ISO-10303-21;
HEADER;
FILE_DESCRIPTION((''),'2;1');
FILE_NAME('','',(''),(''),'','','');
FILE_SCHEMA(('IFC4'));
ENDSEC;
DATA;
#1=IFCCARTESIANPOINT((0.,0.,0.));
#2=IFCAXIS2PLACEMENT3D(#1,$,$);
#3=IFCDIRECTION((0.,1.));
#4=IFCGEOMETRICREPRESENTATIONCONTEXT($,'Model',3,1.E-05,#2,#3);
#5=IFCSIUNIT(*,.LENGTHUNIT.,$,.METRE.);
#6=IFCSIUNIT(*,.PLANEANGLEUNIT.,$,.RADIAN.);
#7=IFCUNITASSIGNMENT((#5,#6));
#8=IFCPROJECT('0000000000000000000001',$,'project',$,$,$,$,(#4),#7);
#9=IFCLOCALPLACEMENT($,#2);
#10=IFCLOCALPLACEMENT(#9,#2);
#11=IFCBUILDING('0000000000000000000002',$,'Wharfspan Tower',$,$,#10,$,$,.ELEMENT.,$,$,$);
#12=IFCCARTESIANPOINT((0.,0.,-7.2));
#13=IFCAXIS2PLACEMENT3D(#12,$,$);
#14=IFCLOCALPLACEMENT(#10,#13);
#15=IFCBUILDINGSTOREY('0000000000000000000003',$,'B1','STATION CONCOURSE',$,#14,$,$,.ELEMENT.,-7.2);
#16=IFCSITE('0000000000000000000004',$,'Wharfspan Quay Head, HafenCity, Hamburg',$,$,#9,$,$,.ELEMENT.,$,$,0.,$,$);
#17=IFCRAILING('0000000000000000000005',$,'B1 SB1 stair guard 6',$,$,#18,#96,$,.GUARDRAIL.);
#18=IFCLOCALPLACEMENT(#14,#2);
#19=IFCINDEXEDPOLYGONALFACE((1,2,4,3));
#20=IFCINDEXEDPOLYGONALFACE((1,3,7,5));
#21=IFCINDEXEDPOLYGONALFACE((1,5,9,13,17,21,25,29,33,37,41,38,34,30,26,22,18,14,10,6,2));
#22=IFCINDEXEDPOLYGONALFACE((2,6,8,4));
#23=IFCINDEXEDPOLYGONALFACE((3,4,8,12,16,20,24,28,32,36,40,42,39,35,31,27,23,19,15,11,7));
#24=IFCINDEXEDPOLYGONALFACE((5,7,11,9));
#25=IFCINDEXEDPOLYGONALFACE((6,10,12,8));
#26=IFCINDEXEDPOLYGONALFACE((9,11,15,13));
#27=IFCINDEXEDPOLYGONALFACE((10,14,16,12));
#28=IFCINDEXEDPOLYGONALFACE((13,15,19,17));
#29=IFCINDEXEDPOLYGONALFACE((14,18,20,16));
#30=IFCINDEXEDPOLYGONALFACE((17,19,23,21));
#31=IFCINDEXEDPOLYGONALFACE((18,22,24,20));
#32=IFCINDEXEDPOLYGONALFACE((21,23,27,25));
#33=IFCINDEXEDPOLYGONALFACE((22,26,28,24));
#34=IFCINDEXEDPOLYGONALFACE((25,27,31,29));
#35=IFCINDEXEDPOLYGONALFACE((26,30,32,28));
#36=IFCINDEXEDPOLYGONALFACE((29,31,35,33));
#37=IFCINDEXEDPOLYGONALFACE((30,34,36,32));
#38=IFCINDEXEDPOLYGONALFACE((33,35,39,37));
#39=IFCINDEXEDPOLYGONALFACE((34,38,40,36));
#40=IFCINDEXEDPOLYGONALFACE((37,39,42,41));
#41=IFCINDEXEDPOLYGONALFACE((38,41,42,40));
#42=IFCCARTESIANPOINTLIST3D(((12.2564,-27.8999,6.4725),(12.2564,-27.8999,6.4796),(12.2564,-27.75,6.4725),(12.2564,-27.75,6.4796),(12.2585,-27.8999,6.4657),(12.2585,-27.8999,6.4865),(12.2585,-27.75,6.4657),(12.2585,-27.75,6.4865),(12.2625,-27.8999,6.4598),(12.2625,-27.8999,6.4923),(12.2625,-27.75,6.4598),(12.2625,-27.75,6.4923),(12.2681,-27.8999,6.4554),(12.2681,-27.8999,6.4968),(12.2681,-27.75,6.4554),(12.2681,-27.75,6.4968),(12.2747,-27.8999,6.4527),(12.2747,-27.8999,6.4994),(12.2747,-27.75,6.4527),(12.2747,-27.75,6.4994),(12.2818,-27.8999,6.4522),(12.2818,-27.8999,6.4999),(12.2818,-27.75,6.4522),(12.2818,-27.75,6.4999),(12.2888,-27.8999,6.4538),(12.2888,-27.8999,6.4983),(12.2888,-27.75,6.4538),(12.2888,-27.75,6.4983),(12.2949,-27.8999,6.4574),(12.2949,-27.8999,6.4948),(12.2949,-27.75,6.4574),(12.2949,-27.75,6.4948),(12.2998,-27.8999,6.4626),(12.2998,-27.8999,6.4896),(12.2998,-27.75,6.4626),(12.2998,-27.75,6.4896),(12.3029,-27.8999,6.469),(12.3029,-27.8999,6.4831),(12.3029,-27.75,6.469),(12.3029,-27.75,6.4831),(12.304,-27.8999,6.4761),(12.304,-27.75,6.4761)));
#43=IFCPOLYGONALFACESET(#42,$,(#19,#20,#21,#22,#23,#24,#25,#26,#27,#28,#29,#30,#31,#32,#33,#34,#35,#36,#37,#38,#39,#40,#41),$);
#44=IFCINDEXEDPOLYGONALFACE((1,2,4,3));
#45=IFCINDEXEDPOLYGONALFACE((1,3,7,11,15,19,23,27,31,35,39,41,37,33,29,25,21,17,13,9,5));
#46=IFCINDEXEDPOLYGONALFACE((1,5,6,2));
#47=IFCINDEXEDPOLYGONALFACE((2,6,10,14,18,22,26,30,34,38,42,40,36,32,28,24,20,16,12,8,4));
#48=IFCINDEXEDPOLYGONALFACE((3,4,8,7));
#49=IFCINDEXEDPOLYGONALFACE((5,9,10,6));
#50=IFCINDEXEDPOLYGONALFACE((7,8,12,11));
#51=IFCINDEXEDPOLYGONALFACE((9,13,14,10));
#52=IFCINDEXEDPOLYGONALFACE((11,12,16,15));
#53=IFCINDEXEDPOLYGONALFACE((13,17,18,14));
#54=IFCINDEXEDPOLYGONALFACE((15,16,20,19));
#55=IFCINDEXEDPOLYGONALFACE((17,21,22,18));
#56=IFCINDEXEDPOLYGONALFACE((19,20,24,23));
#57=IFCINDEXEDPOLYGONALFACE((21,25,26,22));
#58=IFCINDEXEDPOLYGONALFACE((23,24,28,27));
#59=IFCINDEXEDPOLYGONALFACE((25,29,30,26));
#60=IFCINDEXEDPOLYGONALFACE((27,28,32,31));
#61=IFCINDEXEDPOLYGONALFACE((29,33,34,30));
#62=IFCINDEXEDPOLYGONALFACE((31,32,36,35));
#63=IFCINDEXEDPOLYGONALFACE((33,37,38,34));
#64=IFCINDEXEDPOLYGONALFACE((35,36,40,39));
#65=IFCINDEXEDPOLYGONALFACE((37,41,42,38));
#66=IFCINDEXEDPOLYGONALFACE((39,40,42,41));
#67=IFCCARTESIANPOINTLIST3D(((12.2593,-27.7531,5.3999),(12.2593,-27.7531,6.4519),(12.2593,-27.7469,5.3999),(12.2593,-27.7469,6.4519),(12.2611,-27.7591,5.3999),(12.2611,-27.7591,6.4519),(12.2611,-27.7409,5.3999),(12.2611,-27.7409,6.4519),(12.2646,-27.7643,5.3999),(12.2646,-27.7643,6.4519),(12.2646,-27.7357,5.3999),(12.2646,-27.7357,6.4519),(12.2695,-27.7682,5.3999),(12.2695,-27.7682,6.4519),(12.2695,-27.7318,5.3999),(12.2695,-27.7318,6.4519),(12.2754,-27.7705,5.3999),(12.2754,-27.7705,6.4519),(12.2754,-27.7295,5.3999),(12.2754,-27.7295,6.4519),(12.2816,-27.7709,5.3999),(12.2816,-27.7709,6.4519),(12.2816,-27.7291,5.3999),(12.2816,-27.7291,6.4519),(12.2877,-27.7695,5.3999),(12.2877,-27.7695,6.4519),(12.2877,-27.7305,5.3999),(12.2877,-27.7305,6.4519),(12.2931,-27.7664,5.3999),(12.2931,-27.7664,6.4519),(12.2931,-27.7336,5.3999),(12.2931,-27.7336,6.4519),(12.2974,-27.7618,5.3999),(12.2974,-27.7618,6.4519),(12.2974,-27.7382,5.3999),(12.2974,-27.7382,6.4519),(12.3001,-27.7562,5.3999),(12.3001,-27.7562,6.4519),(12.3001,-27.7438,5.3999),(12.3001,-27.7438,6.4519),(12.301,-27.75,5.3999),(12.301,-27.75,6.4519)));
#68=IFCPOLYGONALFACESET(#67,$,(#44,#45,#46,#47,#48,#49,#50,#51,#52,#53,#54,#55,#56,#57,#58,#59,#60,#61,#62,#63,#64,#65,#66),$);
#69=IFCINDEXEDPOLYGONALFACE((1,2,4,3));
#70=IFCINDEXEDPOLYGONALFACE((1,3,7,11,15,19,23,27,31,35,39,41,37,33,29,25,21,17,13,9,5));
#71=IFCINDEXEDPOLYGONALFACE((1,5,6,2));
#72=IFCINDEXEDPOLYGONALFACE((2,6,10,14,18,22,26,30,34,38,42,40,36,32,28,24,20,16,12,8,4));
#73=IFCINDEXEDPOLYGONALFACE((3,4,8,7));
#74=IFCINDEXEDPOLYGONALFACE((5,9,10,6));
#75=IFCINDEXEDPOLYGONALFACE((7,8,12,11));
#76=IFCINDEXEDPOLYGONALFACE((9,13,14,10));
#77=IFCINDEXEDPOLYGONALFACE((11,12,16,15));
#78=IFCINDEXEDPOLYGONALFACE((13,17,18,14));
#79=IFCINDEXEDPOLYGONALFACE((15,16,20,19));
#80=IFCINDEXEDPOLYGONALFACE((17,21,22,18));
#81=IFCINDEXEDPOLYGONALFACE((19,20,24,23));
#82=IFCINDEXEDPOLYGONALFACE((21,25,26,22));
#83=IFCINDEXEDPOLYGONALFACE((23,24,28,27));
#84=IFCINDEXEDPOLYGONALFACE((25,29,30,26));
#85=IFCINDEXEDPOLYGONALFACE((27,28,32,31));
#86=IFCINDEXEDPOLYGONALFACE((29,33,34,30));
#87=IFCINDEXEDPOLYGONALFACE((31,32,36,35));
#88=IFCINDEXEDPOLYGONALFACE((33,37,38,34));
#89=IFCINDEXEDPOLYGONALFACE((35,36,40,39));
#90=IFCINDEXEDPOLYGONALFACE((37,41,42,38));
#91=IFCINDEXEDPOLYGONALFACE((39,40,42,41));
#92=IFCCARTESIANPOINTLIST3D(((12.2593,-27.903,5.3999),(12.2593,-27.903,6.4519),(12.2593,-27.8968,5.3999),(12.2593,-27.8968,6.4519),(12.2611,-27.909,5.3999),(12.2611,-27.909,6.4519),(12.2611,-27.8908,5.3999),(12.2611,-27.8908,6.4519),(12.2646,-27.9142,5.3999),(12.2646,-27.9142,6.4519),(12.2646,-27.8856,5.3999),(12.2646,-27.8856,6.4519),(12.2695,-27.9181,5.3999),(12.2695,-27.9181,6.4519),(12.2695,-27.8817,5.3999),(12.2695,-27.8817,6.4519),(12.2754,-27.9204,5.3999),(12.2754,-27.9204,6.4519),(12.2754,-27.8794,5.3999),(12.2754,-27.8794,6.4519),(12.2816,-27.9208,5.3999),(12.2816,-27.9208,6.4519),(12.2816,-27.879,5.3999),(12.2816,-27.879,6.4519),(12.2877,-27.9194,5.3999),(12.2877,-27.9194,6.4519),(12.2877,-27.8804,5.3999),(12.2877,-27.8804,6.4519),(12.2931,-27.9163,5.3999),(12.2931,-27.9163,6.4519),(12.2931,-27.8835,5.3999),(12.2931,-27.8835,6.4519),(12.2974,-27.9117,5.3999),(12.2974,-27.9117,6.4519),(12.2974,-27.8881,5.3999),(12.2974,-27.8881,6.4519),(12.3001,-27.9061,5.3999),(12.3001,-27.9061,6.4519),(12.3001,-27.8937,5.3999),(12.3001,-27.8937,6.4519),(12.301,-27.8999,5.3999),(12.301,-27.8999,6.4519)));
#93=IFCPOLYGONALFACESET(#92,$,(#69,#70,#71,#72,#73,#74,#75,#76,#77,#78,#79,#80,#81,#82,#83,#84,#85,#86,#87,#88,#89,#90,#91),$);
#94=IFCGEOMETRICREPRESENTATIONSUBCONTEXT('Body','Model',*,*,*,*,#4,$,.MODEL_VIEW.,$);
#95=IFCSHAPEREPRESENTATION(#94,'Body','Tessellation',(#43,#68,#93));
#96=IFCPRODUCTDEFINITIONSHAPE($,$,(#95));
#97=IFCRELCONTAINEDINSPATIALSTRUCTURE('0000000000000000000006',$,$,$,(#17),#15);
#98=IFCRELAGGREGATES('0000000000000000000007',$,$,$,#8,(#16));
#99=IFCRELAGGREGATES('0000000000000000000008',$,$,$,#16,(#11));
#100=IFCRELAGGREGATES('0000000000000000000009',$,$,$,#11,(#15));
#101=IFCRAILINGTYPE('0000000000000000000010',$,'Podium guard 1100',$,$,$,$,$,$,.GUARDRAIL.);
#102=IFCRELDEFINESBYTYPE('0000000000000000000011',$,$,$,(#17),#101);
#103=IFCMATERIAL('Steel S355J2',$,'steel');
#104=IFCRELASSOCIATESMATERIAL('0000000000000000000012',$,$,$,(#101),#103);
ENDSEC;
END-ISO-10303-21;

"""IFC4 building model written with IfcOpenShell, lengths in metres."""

from ifc_helpers import new_model, si_unit, direction, frame, origin, origin_2d, place, context, subcontext, project, spatial, circle, extrude, material, type_object, element, save


model = new_model("IFC4")

# Units and contexts
model_context = context("Model", 3, precision=1e-05, world=origin(), true_north=direction((0.0, 1.0)))
body_context = subcontext(model_context, "Body", "Model", "MODEL_VIEW")
ifc_project = project(units=[si_unit("LENGTHUNIT", "METRE"), si_unit("PLANEANGLEUNIT", "RADIAN")], contexts=[model_context])

# Site, building, storey
site_placement = place(None, origin())
site = spatial("IfcSite", under=ifc_project, at=site_placement, Name="Wharfspan Quay Head, HafenCity, Hamburg", CompositionType="ELEMENT", RefElevation=0.0)
building_placement = place(site_placement, origin())
building = spatial("IfcBuilding", under=site, at=building_placement, Name="Wharfspan Tower", CompositionType="ELEMENT")
storey_placement = place(building_placement, frame((0.0, 0.0, -7.2)))
storey = spatial("IfcBuildingStorey", under=building, at=storey_placement, Name="B1", Description="STATION CONCOURSE", CompositionType="ELEMENT", Elevation=-7.2)

# Railing
ifc_material_1 = material(Name="Steel S355J2", Category="steel")
railing_type_1 = type_object("IfcRailingType", Name="Podium guard 1100", PredefinedType="GUARDRAIL", material=ifc_material_1)
railing_1_placement = place(storey_placement, frame((12.28, -27.75, 5.3999)))
element("IfcRailing", 1, at=railing_1_placement, inside=storey, type_object=railing_type_1, Name="B1 SB1 stair guard 6", PredefinedType="GUARDRAIL", context=body_context, shape_type="SweptSolid", body=[
    extrude(circle(Radius=0.0239, at=origin_2d()), frame((0.0, 0.0, 1.0762), z_axis=(0.0, -1.0, 0.0), x_axis=(1.0, 0.0, 0.0)), (0.0, 0.0, 1.0), 0.1499),
    extrude(circle(Radius=0.021, at=origin_2d()), origin(), (0.0, 0.0, 1.0), 1.052),
    extrude(circle(Radius=0.021, at=origin_2d()), frame((0.0, -0.1499, 0.0)), (0.0, 0.0, 1.0), 1.052),
])

save(model, "model.ifc")
